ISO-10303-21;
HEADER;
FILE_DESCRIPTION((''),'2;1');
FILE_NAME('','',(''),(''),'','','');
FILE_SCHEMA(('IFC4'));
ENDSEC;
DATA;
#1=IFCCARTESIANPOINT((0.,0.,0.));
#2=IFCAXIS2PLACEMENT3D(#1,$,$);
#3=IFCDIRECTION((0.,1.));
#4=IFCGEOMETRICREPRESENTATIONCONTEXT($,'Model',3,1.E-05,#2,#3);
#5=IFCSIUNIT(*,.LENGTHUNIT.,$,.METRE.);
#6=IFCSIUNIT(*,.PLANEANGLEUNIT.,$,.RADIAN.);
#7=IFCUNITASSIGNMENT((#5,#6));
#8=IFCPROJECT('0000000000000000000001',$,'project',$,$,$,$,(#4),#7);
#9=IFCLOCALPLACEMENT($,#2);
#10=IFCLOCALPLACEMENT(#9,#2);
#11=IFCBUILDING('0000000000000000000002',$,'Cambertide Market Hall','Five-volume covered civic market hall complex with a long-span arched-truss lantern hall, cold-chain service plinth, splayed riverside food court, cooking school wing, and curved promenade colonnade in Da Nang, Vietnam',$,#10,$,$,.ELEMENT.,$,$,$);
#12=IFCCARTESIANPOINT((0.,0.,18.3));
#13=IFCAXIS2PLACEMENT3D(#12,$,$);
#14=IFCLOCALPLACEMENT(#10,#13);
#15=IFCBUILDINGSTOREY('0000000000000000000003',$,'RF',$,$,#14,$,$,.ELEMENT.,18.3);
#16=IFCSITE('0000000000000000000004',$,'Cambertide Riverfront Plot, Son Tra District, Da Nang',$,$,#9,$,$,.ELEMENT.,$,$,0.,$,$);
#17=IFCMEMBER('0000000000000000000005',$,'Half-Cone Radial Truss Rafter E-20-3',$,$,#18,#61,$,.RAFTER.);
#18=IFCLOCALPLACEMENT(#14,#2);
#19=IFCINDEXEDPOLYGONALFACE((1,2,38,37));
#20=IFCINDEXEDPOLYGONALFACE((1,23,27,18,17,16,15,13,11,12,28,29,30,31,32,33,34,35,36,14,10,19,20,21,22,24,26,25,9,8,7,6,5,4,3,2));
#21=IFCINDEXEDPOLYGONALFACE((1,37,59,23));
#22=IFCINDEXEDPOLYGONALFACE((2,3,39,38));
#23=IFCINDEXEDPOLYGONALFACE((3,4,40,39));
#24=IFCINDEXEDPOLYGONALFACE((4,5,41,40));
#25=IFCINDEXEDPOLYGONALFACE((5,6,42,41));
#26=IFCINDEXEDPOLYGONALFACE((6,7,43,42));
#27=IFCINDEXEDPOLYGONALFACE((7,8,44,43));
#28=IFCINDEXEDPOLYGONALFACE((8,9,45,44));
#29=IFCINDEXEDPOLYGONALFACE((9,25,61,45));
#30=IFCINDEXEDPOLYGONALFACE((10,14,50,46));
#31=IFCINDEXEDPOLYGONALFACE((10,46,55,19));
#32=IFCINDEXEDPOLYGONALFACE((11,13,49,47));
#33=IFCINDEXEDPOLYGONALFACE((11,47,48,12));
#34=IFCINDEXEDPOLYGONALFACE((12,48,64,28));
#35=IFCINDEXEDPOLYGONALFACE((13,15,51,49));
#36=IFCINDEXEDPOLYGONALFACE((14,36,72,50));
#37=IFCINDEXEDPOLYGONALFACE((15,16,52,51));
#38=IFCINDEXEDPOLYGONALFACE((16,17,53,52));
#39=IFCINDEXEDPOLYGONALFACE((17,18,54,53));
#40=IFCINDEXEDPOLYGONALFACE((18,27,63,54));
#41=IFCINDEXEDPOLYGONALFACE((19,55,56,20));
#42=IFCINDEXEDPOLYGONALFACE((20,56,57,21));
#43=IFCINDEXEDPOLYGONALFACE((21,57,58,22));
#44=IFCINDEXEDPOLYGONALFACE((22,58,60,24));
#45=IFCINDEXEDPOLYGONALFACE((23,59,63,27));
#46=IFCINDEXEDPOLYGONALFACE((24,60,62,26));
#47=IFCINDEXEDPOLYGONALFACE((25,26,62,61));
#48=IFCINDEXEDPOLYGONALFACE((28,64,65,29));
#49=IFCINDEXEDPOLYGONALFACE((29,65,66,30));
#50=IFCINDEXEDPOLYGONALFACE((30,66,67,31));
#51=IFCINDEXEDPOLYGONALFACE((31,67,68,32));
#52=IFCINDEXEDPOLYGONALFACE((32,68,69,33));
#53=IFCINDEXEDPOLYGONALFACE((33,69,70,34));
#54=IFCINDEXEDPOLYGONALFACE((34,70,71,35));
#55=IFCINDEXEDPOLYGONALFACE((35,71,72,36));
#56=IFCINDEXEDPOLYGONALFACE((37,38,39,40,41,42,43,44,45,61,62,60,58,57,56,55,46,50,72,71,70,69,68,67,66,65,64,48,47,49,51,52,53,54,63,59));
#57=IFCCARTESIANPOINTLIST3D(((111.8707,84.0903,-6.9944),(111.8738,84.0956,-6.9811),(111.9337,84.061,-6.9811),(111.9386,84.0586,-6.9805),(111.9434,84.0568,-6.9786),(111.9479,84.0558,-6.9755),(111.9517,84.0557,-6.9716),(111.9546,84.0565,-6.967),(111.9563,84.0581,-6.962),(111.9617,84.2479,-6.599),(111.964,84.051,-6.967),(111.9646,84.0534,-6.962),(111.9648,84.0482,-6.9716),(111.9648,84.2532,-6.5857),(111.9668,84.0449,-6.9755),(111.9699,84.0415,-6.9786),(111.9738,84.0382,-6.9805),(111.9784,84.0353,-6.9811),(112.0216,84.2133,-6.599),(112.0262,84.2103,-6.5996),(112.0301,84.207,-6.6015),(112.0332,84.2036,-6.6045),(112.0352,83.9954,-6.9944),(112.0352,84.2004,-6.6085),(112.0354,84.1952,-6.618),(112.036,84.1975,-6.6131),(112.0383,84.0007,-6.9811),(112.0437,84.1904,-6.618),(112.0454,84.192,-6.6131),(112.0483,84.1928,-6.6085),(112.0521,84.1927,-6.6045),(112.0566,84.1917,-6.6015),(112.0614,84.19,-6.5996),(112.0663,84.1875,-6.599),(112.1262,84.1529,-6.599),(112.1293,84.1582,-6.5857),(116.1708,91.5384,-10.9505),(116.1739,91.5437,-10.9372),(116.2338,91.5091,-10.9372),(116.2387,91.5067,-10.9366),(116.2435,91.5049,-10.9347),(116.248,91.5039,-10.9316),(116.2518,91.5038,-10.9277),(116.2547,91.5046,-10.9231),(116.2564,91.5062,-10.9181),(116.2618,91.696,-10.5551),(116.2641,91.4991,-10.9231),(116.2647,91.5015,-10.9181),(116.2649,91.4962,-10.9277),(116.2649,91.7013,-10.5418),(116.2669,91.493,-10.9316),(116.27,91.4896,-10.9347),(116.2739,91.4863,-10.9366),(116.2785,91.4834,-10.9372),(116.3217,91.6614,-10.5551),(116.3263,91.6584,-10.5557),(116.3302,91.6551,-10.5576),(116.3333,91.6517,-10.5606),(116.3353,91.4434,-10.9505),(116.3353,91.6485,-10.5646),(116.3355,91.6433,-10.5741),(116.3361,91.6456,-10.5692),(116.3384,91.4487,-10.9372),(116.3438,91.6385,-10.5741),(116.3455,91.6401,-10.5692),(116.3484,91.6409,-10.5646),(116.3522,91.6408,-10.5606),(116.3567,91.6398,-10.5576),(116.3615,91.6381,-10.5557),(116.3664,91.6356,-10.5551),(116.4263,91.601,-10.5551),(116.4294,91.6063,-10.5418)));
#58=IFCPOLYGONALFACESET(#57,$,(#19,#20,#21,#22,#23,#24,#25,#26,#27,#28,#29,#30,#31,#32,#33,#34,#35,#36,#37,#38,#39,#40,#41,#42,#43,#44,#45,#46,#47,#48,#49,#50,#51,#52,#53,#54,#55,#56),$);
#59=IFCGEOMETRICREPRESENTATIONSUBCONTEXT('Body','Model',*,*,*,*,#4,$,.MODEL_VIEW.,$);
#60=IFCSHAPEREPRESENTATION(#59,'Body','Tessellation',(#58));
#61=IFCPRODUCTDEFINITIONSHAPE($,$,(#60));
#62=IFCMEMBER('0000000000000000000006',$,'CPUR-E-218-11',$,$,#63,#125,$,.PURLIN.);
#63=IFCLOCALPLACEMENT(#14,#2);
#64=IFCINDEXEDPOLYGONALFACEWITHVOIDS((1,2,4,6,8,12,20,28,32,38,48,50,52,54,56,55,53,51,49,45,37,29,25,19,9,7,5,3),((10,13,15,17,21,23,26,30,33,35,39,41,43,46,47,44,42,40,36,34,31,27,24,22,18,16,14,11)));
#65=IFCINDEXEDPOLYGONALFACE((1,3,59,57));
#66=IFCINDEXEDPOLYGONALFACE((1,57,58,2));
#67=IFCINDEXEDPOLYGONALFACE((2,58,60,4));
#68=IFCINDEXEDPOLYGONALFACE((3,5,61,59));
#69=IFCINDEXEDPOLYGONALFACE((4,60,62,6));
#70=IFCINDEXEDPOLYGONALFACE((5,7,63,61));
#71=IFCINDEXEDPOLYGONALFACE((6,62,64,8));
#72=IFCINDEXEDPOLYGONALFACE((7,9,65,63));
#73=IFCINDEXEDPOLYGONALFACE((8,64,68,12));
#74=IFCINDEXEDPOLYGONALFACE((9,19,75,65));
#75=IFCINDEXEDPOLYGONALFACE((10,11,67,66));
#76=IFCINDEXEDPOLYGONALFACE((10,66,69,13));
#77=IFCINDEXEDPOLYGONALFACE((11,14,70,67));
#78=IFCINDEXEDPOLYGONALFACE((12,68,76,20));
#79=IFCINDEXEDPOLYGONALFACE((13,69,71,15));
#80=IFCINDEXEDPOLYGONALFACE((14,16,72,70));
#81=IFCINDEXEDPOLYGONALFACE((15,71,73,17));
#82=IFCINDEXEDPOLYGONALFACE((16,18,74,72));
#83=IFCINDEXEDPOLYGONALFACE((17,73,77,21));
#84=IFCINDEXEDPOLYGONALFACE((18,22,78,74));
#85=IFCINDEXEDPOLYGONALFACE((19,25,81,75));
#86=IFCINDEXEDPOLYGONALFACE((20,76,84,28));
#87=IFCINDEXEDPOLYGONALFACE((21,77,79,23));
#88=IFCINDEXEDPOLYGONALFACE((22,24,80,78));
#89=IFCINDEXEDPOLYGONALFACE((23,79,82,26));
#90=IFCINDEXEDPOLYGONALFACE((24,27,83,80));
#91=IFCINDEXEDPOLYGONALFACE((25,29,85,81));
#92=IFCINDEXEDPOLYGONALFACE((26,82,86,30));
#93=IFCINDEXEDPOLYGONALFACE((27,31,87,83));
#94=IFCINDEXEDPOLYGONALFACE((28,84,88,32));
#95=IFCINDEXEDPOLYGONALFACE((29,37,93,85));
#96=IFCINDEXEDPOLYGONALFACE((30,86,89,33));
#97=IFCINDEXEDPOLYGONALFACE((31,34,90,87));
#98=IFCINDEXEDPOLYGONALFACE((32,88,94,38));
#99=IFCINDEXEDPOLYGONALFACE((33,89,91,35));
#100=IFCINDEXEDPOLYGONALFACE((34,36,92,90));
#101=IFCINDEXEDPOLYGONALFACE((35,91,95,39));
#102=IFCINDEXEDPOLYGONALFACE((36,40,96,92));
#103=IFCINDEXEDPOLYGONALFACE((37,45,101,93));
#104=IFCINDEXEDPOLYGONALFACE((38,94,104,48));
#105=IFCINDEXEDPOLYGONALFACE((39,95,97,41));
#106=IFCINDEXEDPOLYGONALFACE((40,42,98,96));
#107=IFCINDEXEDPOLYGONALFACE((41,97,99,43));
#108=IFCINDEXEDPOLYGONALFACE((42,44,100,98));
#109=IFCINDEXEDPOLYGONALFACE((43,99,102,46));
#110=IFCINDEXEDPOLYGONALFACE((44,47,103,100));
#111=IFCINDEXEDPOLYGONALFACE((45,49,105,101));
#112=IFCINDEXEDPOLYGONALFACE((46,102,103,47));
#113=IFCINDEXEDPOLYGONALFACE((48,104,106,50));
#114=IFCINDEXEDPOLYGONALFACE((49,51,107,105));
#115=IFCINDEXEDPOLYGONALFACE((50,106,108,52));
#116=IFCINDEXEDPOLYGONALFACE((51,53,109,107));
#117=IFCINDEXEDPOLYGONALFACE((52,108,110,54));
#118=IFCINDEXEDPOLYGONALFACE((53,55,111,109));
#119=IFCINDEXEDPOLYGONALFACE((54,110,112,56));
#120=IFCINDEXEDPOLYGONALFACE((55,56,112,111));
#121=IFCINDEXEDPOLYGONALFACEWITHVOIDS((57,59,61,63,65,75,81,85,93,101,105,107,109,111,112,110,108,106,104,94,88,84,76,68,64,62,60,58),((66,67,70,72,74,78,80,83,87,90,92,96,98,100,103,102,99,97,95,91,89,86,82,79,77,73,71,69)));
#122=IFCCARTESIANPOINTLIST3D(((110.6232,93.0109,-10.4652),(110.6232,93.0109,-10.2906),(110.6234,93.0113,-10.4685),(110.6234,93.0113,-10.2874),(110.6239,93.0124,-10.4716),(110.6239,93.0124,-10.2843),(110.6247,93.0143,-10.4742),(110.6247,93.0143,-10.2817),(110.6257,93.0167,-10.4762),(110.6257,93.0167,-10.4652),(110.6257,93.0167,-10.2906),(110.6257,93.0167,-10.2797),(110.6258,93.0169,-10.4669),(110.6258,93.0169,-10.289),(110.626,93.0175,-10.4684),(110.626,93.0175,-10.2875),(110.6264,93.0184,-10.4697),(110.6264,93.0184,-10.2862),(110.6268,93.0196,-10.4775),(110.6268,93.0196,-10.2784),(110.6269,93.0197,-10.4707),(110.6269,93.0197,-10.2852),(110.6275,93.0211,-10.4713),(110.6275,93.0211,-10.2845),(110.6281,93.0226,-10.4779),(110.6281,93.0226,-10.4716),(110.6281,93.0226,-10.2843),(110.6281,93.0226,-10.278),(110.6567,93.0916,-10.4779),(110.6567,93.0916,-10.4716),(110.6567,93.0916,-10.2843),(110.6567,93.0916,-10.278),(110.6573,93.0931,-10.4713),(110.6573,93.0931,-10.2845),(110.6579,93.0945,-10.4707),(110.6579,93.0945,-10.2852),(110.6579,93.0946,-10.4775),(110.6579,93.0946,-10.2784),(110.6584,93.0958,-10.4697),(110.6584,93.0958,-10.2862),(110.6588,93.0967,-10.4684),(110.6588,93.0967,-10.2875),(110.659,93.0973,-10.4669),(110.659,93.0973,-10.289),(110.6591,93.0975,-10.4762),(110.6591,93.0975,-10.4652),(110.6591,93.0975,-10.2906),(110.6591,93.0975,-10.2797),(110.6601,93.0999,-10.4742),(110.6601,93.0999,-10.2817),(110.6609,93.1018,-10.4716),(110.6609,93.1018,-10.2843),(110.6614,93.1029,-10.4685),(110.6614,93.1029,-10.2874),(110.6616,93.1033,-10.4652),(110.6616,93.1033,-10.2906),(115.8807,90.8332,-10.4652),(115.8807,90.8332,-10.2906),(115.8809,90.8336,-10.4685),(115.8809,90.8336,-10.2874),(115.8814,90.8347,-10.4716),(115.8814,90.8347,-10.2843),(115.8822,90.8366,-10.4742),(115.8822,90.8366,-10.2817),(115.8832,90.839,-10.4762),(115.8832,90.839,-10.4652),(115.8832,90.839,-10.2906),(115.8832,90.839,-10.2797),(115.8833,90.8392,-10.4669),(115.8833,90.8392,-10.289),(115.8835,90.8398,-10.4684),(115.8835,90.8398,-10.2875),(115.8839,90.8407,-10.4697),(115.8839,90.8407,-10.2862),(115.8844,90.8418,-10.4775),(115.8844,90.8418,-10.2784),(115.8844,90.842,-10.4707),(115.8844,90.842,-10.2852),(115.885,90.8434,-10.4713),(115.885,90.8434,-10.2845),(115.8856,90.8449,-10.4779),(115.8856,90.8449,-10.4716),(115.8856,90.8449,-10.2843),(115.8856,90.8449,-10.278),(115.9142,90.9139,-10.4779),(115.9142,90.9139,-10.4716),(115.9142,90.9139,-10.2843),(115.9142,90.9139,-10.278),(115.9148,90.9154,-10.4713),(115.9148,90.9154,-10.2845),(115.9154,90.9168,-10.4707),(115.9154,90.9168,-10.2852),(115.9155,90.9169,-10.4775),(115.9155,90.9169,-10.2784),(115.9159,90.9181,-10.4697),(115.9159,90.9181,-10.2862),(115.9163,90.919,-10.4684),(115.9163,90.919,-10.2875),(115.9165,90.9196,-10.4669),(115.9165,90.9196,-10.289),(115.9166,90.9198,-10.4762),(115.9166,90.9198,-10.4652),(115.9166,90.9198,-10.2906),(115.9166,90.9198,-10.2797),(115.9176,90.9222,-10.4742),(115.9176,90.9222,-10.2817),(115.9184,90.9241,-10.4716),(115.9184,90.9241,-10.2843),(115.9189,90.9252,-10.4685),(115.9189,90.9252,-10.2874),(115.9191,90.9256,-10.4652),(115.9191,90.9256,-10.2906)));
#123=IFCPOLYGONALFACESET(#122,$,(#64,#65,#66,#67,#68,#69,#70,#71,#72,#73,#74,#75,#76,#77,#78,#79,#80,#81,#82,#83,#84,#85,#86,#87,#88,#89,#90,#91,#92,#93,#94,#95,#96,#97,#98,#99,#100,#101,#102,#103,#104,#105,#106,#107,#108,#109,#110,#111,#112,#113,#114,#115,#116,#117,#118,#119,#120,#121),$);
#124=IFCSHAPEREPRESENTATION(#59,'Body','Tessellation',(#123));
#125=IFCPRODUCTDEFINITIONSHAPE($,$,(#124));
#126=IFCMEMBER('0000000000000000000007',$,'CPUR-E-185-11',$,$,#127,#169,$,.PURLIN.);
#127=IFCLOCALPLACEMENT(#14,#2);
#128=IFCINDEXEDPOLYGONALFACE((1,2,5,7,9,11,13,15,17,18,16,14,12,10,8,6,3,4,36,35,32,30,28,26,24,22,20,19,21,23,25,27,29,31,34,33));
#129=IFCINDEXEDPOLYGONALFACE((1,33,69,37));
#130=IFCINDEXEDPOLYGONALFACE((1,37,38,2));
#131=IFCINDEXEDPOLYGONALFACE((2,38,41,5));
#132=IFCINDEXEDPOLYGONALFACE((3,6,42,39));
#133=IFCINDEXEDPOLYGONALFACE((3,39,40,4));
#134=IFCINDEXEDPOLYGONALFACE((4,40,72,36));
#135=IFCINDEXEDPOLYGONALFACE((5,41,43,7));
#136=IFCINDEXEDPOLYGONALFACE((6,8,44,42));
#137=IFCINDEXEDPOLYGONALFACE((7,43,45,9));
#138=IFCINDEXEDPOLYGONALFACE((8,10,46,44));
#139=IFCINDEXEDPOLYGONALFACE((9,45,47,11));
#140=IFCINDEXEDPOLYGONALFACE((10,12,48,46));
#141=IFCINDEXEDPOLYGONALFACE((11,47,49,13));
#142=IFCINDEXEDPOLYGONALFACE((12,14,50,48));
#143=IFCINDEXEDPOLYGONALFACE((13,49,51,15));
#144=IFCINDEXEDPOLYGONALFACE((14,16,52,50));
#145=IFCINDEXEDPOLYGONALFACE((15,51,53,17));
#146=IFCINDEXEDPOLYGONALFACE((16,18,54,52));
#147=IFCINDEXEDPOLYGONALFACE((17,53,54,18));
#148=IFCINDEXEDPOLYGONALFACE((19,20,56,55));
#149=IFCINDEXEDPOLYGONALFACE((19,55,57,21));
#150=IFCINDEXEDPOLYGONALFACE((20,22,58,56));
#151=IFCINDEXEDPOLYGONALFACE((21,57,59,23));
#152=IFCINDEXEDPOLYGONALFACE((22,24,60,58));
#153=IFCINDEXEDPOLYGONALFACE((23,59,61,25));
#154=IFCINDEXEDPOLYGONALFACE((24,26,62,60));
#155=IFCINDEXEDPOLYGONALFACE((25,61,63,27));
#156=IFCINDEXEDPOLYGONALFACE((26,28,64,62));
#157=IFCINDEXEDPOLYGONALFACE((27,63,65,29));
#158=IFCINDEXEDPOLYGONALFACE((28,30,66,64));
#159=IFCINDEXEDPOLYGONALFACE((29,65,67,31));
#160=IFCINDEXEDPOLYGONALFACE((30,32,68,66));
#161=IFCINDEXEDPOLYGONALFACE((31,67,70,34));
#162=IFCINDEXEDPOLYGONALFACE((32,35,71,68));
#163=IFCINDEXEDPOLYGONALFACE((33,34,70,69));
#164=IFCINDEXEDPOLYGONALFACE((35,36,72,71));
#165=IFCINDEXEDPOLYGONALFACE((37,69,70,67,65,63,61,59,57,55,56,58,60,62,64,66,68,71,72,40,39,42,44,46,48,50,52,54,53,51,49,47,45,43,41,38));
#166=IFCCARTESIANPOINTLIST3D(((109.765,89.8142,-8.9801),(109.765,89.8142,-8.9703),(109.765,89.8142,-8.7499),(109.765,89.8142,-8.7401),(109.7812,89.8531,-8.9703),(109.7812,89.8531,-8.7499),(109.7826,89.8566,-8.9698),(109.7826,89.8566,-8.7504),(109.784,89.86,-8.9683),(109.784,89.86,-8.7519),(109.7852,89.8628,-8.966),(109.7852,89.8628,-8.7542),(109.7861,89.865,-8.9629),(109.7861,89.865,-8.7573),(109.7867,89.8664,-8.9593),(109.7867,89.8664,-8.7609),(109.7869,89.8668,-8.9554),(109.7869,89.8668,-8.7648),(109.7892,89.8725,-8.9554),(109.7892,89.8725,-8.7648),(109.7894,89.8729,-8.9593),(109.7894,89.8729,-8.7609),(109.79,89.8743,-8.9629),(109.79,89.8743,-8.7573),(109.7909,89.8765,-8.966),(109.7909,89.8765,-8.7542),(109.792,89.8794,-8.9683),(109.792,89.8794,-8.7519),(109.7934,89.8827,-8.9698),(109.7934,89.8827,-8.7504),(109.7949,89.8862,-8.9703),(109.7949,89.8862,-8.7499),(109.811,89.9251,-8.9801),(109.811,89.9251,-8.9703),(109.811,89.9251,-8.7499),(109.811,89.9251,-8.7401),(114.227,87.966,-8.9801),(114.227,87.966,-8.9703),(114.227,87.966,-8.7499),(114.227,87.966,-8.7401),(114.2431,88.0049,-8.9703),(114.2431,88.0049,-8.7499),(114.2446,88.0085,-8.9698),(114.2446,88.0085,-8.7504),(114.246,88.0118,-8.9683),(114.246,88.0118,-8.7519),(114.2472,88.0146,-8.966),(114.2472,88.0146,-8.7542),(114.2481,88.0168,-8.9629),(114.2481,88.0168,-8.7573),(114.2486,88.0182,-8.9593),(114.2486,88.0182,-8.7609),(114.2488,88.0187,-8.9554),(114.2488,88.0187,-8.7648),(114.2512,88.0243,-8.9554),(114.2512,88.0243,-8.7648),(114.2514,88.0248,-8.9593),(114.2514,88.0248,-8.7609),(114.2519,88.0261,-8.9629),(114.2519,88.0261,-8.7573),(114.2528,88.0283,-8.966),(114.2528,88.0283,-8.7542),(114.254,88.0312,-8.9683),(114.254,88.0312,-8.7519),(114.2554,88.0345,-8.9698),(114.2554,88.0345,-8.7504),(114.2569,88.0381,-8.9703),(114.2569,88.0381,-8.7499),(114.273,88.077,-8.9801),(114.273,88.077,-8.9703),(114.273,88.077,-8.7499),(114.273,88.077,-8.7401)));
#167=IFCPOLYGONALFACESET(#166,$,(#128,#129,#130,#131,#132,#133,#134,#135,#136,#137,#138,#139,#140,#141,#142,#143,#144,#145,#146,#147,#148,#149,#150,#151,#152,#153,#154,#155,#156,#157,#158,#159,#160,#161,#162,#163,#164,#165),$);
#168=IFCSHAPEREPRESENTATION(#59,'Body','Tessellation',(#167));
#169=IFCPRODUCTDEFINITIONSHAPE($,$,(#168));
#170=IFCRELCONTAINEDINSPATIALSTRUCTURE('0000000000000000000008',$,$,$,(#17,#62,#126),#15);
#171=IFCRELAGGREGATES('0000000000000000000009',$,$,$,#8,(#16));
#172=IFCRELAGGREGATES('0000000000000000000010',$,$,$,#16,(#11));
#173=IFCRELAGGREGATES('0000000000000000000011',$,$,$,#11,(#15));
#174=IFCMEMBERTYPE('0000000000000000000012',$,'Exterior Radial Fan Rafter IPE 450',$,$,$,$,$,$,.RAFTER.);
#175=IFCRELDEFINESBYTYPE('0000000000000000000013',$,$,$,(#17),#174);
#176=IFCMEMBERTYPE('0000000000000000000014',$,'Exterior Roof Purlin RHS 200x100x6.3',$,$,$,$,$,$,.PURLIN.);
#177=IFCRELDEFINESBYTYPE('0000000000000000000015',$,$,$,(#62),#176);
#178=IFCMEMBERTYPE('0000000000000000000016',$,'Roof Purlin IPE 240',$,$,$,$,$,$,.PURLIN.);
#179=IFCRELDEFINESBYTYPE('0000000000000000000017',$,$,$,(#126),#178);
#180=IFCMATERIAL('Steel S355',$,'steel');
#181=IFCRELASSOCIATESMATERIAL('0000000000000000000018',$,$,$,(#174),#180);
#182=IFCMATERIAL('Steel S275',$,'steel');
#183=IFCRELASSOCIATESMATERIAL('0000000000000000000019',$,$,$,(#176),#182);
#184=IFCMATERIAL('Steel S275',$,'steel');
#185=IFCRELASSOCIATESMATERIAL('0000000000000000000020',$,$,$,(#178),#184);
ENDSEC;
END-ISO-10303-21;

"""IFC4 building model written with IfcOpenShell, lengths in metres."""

from ifc_helpers import new_model, si_unit, direction, frame, origin, origin_2d, place, context, subcontext, project, spatial, hollow_rectangle, i_section, extrude, material, material_profile, profile_set, type_object, element, save


model = new_model("IFC4")

# Units and contexts
model_context = context("Model", 3, precision=1e-05, world=origin(), true_north=direction((0.0, 1.0)))
body_context = subcontext(model_context, "Body", "Model", "MODEL_VIEW")
ifc_project = project(units=[si_unit("LENGTHUNIT", "METRE"), si_unit("PLANEANGLEUNIT", "RADIAN")], contexts=[model_context])

# Site, building, storey
site_placement = place(None, origin())
site = spatial("IfcSite", under=ifc_project, at=site_placement, Name="Cambertide Riverfront Plot, Son Tra District, Da Nang", CompositionType="ELEMENT", RefElevation=0.0)
building_placement = place(site_placement, origin())
building = spatial("IfcBuilding", under=site, at=building_placement, Name="Cambertide Market Hall", Description="Five-volume covered civic market hall complex with a long-span arched-truss lantern hall, cold-chain service plinth, splayed riverside food court, cooking school wing, and curved promenade colonnade in Da Nang, Vietnam", CompositionType="ELEMENT")
storey_placement = place(building_placement, frame((0.0, 0.0, 18.3)))
storey = spatial("IfcBuildingStorey", under=building, at=storey_placement, Name="RF", CompositionType="ELEMENT", Elevation=18.3)

# Members
ifc_material_1 = material(Name="Steel S355", Category="steel")
ifc_material_profile_1 = material_profile(ifc_material_1, i_section(OverallWidth=0.1899, OverallDepth=0.45, WebThickness=0.0095, FlangeThickness=0.0146, FilletRadius=0.021, at=origin_2d()), Name="IPE 450")
ifc_profile_set_1 = profile_set([ifc_material_profile_1], Name="Steel S355")
member_type_1 = type_object("IfcMemberType", Name="Exterior Radial Fan Rafter IPE 450", PredefinedType="RAFTER", material=ifc_profile_set_1)
member_1_placement = place(storey_placement, frame((112.0, 84.1243, -6.79), z_axis=(0.454241, 0.786779, -0.417903), x_axis=(-0.866028, 0.499995, 0.0)))
element("IfcMember", 1, at=member_1_placement, inside=storey, type_object=member_type_1, Name="Half-Cone Radial Truss Rafter E-20-3", PredefinedType="RAFTER", context=body_context, shape_type="SweptSolid", body=[
    extrude(i_section(OverallWidth=0.1899, OverallDepth=0.45, WebThickness=0.0095, FlangeThickness=0.0146, FilletRadius=0.021, at=origin_2d()), origin(), (0.0, 0.0, 1.0), 9.4666),
])
ifc_material_2 = material(Name="Steel S275", Category="steel")
ifc_material_profile_2 = material_profile(ifc_material_2, hollow_rectangle(XDim=0.1001, YDim=0.2, WallThickness=0.0063, InnerFilletRadius=0.0063, OuterFilletRadius=0.0127, at=origin_2d()), Name="RHS 200x100x6.3")
ifc_profile_set_2 = profile_set([ifc_material_profile_2], Name="Steel S275")
member_type_2 = type_object("IfcMemberType", Name="Exterior Roof Purlin RHS 200x100x6.3", PredefinedType="PURLIN", material=ifc_profile_set_2)
member_2_placement = place(storey_placement, frame((115.8999, 90.8794, -10.3779), z_axis=(-0.923881, 0.38268, 0.0), x_axis=(-0.38268, -0.923881, 0.0)))
element("IfcMember", 2, at=member_2_placement, inside=storey, type_object=member_type_2, Name="CPUR-E-218-11", PredefinedType="PURLIN", context=body_context, shape_type="SweptSolid", body=[
    extrude(hollow_rectangle(XDim=0.1001, YDim=0.2, WallThickness=0.0063, InnerFilletRadius=0.0063, OuterFilletRadius=0.0127, at=origin_2d()), origin(), (0.0, 0.0, 1.0), 5.6907),
])
ifc_material_3 = material(Name="Steel S275", Category="steel")
ifc_material_profile_3 = material_profile(ifc_material_3, i_section(OverallWidth=0.1201, OverallDepth=0.24, WebThickness=0.0061, FlangeThickness=0.0098, FilletRadius=0.0149, at=origin_2d()), Name="IPE 240")
ifc_profile_set_3 = profile_set([ifc_material_profile_3], Name="Steel S275")
member_type_3 = type_object("IfcMemberType", Name="Roof Purlin IPE 240", PredefinedType="PURLIN", material=ifc_profile_set_3)
member_3_placement = place(storey_placement, frame((114.25, 88.0215, -8.8601), z_axis=(-0.923883, 0.382676, 0.0), x_axis=(-0.382676, -0.923883, 0.0)))
element("IfcMember", 3, at=member_3_placement, inside=storey, type_object=member_type_3, Name="CPUR-E-185-11", PredefinedType="PURLIN", context=body_context, shape_type="SweptSolid", body=[
    extrude(i_section(OverallWidth=0.1201, OverallDepth=0.24, WebThickness=0.0061, FlangeThickness=0.0098, FilletRadius=0.0149, at=origin_2d()), origin(), (0.0, 0.0, 1.0), 4.8296),
])

save(model, "model.ifc")
